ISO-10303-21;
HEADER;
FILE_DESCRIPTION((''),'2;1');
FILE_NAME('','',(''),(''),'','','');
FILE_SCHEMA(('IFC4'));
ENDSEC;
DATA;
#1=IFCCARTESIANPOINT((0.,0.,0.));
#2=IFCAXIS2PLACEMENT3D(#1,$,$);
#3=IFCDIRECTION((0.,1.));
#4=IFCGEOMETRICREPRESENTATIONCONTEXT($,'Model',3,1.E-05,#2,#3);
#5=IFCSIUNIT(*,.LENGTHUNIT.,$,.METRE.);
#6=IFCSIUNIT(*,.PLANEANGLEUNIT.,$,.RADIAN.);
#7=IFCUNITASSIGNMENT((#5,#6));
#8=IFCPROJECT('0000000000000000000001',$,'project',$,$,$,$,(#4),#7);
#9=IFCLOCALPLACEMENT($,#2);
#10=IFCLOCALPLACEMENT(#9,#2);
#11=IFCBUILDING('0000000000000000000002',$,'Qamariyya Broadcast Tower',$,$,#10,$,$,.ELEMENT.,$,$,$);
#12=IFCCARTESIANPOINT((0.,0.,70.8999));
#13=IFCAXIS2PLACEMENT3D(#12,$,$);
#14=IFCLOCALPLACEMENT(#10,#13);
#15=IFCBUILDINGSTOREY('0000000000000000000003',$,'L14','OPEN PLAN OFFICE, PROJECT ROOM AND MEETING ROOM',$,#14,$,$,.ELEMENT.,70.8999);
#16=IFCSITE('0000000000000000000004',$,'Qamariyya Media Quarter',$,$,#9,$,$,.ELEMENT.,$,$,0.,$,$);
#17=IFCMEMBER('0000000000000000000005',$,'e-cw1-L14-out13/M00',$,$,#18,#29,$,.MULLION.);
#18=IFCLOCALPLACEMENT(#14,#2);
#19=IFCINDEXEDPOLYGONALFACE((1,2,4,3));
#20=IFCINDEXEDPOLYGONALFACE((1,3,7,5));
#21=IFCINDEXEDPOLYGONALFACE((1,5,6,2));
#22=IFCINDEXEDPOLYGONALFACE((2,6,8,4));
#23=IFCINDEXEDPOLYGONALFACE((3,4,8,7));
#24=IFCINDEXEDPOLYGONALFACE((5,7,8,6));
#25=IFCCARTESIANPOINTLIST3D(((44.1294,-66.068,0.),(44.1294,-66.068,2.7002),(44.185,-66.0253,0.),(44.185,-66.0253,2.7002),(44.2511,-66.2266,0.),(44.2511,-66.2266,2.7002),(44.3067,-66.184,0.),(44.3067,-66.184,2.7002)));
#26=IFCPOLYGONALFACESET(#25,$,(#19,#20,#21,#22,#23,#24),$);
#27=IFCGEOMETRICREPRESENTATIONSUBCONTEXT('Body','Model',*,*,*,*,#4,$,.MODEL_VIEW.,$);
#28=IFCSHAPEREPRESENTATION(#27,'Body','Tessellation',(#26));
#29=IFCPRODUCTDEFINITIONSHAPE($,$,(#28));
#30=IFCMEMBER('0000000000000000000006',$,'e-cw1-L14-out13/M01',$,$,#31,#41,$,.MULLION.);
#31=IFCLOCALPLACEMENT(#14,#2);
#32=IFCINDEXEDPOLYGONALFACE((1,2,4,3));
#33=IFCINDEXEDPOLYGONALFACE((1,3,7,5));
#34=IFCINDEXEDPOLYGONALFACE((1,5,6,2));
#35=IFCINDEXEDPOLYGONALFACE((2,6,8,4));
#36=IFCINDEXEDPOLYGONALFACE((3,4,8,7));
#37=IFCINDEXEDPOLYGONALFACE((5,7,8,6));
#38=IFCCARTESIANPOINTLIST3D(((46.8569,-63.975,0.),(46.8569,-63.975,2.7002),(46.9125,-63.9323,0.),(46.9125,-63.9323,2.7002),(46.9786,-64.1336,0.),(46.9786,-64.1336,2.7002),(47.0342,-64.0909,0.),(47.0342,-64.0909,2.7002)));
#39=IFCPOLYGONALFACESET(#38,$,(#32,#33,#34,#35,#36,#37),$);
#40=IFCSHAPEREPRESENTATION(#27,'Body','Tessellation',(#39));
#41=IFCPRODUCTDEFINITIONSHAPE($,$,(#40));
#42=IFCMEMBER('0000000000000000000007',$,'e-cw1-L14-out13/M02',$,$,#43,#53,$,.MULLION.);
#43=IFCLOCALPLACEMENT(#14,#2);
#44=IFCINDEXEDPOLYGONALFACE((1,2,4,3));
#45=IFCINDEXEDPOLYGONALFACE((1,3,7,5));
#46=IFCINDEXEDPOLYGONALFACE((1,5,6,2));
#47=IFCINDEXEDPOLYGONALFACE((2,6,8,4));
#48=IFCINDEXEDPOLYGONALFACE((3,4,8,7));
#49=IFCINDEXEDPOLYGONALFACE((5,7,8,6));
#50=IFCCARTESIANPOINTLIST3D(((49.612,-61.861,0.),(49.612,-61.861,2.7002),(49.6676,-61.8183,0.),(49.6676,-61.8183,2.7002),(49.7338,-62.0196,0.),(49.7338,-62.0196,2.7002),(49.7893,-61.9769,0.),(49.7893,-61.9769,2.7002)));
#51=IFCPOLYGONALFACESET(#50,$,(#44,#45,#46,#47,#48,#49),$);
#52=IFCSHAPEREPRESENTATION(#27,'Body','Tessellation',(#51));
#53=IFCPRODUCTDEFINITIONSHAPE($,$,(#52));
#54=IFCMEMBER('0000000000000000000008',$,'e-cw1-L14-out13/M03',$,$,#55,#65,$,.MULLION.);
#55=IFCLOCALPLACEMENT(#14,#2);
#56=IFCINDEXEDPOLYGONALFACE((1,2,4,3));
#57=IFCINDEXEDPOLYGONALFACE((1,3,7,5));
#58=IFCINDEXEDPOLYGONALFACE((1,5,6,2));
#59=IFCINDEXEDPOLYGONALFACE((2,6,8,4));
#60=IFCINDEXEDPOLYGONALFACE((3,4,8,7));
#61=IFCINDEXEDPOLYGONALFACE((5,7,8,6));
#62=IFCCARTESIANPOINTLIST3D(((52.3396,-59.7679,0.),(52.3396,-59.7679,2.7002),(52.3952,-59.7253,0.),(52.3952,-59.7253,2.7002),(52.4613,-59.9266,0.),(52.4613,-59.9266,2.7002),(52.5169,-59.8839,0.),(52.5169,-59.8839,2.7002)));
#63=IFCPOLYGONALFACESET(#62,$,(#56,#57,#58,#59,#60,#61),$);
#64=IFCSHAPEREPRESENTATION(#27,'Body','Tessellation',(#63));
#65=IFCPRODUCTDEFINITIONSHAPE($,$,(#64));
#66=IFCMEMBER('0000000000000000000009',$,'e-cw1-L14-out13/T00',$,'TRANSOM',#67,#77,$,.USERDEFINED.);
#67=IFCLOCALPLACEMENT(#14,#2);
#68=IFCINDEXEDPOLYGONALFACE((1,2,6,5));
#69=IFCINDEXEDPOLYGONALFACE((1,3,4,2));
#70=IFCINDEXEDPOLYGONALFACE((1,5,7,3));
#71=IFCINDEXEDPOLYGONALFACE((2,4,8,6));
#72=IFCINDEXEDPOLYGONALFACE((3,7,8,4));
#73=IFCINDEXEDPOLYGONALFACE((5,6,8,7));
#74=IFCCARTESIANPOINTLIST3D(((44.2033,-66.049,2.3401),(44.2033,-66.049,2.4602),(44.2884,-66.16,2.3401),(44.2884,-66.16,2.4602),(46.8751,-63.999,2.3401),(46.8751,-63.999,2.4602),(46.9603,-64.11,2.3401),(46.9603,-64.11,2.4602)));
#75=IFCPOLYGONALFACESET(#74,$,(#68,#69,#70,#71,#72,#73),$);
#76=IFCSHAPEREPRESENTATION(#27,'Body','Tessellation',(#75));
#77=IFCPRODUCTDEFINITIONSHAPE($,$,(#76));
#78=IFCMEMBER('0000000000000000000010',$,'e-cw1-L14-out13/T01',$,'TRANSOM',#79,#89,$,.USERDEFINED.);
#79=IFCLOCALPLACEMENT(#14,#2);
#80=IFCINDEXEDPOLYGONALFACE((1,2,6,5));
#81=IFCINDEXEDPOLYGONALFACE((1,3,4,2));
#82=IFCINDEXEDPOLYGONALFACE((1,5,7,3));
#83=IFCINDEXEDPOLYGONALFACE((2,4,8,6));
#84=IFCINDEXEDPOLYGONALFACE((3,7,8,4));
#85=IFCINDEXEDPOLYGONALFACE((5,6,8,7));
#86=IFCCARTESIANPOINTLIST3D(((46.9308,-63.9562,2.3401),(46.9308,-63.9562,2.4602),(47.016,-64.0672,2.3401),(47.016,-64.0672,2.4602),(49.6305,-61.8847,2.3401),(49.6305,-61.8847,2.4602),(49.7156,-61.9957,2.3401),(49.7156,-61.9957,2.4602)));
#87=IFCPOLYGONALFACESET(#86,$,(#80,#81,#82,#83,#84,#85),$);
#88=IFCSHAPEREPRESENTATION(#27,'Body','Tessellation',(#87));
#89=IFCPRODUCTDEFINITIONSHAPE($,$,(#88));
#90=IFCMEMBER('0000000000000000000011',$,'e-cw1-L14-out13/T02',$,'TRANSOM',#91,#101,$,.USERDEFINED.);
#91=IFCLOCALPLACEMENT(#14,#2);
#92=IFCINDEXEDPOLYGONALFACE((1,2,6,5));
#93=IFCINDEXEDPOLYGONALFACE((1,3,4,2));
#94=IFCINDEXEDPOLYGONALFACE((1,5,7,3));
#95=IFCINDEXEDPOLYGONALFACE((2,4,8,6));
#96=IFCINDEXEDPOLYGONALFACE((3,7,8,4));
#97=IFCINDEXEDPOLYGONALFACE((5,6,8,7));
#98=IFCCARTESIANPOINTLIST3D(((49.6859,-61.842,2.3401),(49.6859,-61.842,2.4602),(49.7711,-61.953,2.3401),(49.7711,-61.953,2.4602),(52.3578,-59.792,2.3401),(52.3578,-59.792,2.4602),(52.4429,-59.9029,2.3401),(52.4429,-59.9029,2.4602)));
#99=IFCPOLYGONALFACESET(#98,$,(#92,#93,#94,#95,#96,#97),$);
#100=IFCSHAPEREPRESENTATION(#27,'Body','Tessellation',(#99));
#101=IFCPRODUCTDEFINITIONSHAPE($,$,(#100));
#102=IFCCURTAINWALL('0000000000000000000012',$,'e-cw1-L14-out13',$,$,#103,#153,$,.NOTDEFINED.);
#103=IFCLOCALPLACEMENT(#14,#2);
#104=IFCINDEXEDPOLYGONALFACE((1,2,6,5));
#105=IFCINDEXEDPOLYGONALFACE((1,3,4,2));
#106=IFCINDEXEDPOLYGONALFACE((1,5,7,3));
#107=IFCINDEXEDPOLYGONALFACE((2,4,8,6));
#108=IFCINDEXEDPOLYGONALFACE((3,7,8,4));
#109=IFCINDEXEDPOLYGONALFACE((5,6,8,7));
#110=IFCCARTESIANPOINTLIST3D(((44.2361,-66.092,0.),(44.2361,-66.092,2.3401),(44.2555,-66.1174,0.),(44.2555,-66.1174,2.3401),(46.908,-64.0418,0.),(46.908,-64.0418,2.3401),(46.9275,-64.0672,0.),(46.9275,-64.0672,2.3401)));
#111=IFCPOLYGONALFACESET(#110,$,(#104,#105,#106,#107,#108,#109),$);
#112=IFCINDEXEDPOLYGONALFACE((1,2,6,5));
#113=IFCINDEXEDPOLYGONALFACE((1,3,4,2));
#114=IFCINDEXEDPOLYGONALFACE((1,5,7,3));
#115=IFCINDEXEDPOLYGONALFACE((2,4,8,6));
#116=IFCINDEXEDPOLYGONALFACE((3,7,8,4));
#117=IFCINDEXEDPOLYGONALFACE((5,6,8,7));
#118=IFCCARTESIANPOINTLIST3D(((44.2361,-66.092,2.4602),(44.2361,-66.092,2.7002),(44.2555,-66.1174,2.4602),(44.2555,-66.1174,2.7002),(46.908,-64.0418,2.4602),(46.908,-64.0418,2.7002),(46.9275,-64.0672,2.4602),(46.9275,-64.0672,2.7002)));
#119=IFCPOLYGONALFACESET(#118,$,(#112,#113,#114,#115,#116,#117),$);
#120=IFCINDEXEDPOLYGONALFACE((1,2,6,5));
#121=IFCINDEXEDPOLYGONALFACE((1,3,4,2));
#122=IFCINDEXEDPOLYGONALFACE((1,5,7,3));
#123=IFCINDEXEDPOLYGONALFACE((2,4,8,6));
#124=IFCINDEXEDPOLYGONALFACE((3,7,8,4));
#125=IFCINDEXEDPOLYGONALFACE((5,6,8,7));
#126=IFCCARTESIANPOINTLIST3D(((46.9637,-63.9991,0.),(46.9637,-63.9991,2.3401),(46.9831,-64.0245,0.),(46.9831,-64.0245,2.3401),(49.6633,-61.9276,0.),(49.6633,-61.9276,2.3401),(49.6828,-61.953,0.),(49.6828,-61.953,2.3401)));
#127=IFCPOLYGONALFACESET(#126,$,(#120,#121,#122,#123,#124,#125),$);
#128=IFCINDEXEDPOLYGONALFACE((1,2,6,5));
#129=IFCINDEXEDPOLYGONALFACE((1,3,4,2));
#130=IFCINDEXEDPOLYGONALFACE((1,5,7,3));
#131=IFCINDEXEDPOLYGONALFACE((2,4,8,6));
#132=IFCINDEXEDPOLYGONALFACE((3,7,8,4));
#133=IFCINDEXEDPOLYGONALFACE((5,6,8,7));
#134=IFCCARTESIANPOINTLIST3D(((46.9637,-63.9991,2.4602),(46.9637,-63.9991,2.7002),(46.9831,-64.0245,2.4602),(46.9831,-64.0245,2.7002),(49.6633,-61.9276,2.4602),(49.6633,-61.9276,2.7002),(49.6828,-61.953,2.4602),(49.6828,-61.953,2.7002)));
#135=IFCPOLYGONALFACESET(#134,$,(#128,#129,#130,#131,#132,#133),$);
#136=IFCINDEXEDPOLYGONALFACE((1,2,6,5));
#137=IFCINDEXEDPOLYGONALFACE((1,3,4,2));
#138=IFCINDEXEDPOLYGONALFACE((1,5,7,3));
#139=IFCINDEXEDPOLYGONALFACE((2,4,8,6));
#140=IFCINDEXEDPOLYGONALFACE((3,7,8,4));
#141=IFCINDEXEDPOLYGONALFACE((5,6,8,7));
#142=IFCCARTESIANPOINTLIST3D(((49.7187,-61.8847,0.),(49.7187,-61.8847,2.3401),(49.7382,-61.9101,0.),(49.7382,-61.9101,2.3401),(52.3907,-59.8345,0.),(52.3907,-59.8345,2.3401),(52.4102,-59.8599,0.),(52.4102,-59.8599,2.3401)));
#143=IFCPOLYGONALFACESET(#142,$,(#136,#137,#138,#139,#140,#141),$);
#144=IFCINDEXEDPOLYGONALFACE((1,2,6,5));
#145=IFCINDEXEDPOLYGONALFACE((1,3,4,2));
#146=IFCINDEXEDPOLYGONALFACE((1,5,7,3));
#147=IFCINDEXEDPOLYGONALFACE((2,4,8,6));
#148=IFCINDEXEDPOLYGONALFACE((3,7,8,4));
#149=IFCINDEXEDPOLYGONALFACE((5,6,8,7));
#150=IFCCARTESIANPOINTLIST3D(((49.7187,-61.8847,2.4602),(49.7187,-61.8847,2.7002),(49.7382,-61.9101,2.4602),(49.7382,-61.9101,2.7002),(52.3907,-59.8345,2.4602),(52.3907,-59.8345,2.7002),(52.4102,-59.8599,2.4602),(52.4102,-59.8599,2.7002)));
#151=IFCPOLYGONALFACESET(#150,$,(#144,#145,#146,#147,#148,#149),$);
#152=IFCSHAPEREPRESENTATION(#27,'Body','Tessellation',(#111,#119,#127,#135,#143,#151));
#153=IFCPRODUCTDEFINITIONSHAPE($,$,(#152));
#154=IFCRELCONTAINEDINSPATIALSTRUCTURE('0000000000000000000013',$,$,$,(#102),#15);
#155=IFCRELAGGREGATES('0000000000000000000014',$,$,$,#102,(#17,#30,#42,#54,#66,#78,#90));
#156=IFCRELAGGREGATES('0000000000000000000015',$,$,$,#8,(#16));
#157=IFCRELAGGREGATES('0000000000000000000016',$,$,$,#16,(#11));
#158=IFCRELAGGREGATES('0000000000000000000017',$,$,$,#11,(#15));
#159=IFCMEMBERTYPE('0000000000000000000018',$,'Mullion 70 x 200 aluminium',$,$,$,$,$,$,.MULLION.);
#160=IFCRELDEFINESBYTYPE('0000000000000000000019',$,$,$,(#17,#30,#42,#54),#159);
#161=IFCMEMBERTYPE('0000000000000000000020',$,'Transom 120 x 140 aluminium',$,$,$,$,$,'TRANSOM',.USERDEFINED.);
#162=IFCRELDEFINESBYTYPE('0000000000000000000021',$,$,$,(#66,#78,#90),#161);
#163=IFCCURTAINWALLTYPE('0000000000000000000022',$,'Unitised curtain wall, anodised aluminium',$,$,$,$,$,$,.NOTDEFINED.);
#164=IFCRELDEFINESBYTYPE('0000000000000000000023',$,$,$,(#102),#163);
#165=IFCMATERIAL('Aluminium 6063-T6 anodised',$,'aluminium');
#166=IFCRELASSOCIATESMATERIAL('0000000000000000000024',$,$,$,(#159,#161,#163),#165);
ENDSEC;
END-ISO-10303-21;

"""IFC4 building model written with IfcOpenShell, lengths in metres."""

from ifc_helpers import new_model, si_unit, direction, frame, origin, origin_2d, place, context, subcontext, project, spatial, rectangle, extrude, material, material_profile, profile_set, type_object, element, aggregate, save


model = new_model("IFC4")

# Units and contexts
model_context = context("Model", 3, precision=1e-05, world=origin(), true_north=direction((0.0, 1.0)))
body_context = subcontext(model_context, "Body", "Model", "MODEL_VIEW")
ifc_project = project(units=[si_unit("LENGTHUNIT", "METRE"), si_unit("PLANEANGLEUNIT", "RADIAN")], contexts=[model_context])

# Members
ifc_material = material(Name="Aluminium 6063-T6 anodised", Category="aluminium")
ifc_material_profile_1 = material_profile(ifc_material, rectangle(XDim=0.2, YDim=0.0701, at=origin_2d()))
ifc_profile_set_1 = profile_set([ifc_material_profile_1], Name="Aluminium 6063-T6 anodised")
member_type_1 = type_object("IfcMemberType", Name="Mullion 70 x 200 aluminium", PredefinedType="MULLION", material=ifc_profile_set_1)
site_placement = place(None, origin())
building_placement = place(site_placement, origin())
storey_placement = place(building_placement, frame((0.0, 0.0, 70.8999)))
member_1_placement = place(storey_placement, frame((44.218, -66.126, 0.0), z_axis=(0.0, 0.0, 1.0), x_axis=(-0.608761, 0.793353, 0.0)))
member_1 = element("IfcMember", 1, at=member_1_placement, type_object=member_type_1, Name="e-cw1-L14-out13/M00", PredefinedType="MULLION", context=body_context, shape_type="SweptSolid", body=[
    extrude(rectangle(XDim=0.2, YDim=0.0701, at=origin_2d()), origin(), (0.0, 0.0, 1.0), 2.7002),
])
member_2_placement = place(storey_placement, frame((46.9456, -64.033, 0.0), z_axis=(0.0, 0.0, 1.0), x_axis=(-0.608761, 0.793353, 0.0)))
member_2 = element("IfcMember", 2, at=member_2_placement, type_object=member_type_1, Name="e-cw1-L14-out13/M01", PredefinedType="MULLION", context=body_context, shape_type="SweptSolid", body=[
    extrude(rectangle(XDim=0.2, YDim=0.0701, at=origin_2d()), origin(), (0.0, 0.0, 1.0), 2.7002),
])
member_3_placement = place(storey_placement, frame((49.7007, -61.9189, 0.0), z_axis=(0.0, 0.0, 1.0), x_axis=(-0.608761, 0.793353, 0.0)))
member_3 = element("IfcMember", 3, at=member_3_placement, type_object=member_type_1, Name="e-cw1-L14-out13/M02", PredefinedType="MULLION", context=body_context, shape_type="SweptSolid", body=[
    extrude(rectangle(XDim=0.2, YDim=0.0701, at=origin_2d()), origin(), (0.0, 0.0, 1.0), 2.7002),
])
member_4_placement = place(storey_placement, frame((52.4282, -59.8259, 0.0), z_axis=(0.0, 0.0, 1.0), x_axis=(-0.608761, 0.793353, 0.0)))
member_4 = element("IfcMember", 4, at=member_4_placement, type_object=member_type_1, Name="e-cw1-L14-out13/M03", PredefinedType="MULLION", context=body_context, shape_type="SweptSolid", body=[
    extrude(rectangle(XDim=0.2, YDim=0.0701, at=origin_2d()), origin(), (0.0, 0.0, 1.0), 2.7002),
])
ifc_material_profile_2 = material_profile(ifc_material, rectangle(XDim=0.1399, YDim=0.1201, at=origin_2d()))
ifc_profile_set_2 = profile_set([ifc_material_profile_2], Name="Aluminium 6063-T6 anodised")
member_type_2 = type_object("IfcMemberType", Name="Transom 120 x 140 aluminium", ElementType="TRANSOM", PredefinedType="USERDEFINED", material=ifc_profile_set_2)
member_5_placement = place(storey_placement, frame((44.2458, -66.1045, 2.4001), z_axis=(0.793375, 0.608733, 0.0), x_axis=(-0.608733, 0.793375, 0.0)))
member_5 = element("IfcMember", 5, at=member_5_placement, type_object=member_type_2, Name="e-cw1-L14-out13/T00", ObjectType="TRANSOM", PredefinedType="USERDEFINED", context=body_context, shape_type="SweptSolid", body=[
    extrude(rectangle(XDim=0.1399, YDim=0.1201, at=origin_2d()), origin(), (0.0, 0.0, 1.0), 3.3677),
])
member_6_placement = place(storey_placement, frame((46.9734, -64.0117, 2.4001), z_axis=(0.793357, 0.608757, 0.0), x_axis=(-0.608757, 0.793357, 0.0)))
member_6 = element("IfcMember", 6, at=member_6_placement, type_object=member_type_2, Name="e-cw1-L14-out13/T01", ObjectType="TRANSOM", PredefinedType="USERDEFINED", context=body_context, shape_type="SweptSolid", body=[
    extrude(rectangle(XDim=0.1399, YDim=0.1201, at=origin_2d()), origin(), (0.0, 0.0, 1.0), 3.4028),
])
member_7_placement = place(storey_placement, frame((49.7285, -61.8975, 2.4001), z_axis=(0.793375, 0.608733, 0.0), x_axis=(-0.608733, 0.793375, 0.0)))
member_7 = element("IfcMember", 7, at=member_7_placement, type_object=member_type_2, Name="e-cw1-L14-out13/T02", ObjectType="TRANSOM", PredefinedType="USERDEFINED", context=body_context, shape_type="SweptSolid", body=[
    extrude(rectangle(XDim=0.1399, YDim=0.1201, at=origin_2d()), origin(), (0.0, 0.0, 1.0), 3.3677),
])

# Site, building, storey
site = spatial("IfcSite", under=ifc_project, at=site_placement, Name="Qamariyya Media Quarter", CompositionType="ELEMENT", RefElevation=0.0)
building = spatial("IfcBuilding", under=site, at=building_placement, Name="Qamariyya Broadcast Tower", CompositionType="ELEMENT")
storey = spatial("IfcBuildingStorey", under=building, at=storey_placement, Name="L14", Description="OPEN PLAN OFFICE, PROJECT ROOM AND MEETING ROOM", CompositionType="ELEMENT", Elevation=70.8999)

# Curtain wall
curtain_wall_type = type_object("IfcCurtainWallType", Name="Unitised curtain wall, anodised aluminium", PredefinedType="NOTDEFINED", material=ifc_material)
curtain_wall_1_placement = place(storey_placement, origin())
curtain_wall_1 = element("IfcCurtainWall", 8, at=curtain_wall_1_placement, inside=storey, type_object=curtain_wall_type, Name="e-cw1-L14-out13", PredefinedType="NOTDEFINED", context=body_context, shape_type="SweptSolid", body=[
    extrude(rectangle(XDim=3.3679, YDim=0.032, at=origin_2d()), frame((45.5818, -65.0796, 0.0), x_axis=(0.793358, 0.608756, 0.0)), (0.0, 0.0, 1.0), 2.3401),
    extrude(rectangle(XDim=3.3679, YDim=0.032, at=origin_2d()), frame((45.5818, -65.0796, 2.4602), x_axis=(0.793358, 0.608756, 0.0)), (0.0, 0.0, 1.0), 0.24),
    extrude(rectangle(XDim=3.4028, YDim=0.032, at=origin_2d()), frame((48.3232, -62.9761, 0.0), x_axis=(0.793358, 0.608756, 0.0)), (0.0, 0.0, 1.0), 2.3401),
    extrude(rectangle(XDim=3.4028, YDim=0.032, at=origin_2d()), frame((48.3232, -62.9761, 2.4602), x_axis=(0.793358, 0.608756, 0.0)), (0.0, 0.0, 1.0), 0.24),
    extrude(rectangle(XDim=3.3679, YDim=0.032, at=origin_2d()), frame((51.0645, -60.8723, 0.0), x_axis=(0.793358, 0.608756, 0.0)), (0.0, 0.0, 1.0), 2.3401),
    extrude(rectangle(XDim=3.3679, YDim=0.032, at=origin_2d()), frame((51.0645, -60.8723, 2.4602), x_axis=(0.793358, 0.608756, 0.0)), (0.0, 0.0, 1.0), 0.24),
])
aggregate(curtain_wall_1, [member_1, member_2, member_3, member_4, member_5, member_6, member_7])

save(model, "model.ifc")
